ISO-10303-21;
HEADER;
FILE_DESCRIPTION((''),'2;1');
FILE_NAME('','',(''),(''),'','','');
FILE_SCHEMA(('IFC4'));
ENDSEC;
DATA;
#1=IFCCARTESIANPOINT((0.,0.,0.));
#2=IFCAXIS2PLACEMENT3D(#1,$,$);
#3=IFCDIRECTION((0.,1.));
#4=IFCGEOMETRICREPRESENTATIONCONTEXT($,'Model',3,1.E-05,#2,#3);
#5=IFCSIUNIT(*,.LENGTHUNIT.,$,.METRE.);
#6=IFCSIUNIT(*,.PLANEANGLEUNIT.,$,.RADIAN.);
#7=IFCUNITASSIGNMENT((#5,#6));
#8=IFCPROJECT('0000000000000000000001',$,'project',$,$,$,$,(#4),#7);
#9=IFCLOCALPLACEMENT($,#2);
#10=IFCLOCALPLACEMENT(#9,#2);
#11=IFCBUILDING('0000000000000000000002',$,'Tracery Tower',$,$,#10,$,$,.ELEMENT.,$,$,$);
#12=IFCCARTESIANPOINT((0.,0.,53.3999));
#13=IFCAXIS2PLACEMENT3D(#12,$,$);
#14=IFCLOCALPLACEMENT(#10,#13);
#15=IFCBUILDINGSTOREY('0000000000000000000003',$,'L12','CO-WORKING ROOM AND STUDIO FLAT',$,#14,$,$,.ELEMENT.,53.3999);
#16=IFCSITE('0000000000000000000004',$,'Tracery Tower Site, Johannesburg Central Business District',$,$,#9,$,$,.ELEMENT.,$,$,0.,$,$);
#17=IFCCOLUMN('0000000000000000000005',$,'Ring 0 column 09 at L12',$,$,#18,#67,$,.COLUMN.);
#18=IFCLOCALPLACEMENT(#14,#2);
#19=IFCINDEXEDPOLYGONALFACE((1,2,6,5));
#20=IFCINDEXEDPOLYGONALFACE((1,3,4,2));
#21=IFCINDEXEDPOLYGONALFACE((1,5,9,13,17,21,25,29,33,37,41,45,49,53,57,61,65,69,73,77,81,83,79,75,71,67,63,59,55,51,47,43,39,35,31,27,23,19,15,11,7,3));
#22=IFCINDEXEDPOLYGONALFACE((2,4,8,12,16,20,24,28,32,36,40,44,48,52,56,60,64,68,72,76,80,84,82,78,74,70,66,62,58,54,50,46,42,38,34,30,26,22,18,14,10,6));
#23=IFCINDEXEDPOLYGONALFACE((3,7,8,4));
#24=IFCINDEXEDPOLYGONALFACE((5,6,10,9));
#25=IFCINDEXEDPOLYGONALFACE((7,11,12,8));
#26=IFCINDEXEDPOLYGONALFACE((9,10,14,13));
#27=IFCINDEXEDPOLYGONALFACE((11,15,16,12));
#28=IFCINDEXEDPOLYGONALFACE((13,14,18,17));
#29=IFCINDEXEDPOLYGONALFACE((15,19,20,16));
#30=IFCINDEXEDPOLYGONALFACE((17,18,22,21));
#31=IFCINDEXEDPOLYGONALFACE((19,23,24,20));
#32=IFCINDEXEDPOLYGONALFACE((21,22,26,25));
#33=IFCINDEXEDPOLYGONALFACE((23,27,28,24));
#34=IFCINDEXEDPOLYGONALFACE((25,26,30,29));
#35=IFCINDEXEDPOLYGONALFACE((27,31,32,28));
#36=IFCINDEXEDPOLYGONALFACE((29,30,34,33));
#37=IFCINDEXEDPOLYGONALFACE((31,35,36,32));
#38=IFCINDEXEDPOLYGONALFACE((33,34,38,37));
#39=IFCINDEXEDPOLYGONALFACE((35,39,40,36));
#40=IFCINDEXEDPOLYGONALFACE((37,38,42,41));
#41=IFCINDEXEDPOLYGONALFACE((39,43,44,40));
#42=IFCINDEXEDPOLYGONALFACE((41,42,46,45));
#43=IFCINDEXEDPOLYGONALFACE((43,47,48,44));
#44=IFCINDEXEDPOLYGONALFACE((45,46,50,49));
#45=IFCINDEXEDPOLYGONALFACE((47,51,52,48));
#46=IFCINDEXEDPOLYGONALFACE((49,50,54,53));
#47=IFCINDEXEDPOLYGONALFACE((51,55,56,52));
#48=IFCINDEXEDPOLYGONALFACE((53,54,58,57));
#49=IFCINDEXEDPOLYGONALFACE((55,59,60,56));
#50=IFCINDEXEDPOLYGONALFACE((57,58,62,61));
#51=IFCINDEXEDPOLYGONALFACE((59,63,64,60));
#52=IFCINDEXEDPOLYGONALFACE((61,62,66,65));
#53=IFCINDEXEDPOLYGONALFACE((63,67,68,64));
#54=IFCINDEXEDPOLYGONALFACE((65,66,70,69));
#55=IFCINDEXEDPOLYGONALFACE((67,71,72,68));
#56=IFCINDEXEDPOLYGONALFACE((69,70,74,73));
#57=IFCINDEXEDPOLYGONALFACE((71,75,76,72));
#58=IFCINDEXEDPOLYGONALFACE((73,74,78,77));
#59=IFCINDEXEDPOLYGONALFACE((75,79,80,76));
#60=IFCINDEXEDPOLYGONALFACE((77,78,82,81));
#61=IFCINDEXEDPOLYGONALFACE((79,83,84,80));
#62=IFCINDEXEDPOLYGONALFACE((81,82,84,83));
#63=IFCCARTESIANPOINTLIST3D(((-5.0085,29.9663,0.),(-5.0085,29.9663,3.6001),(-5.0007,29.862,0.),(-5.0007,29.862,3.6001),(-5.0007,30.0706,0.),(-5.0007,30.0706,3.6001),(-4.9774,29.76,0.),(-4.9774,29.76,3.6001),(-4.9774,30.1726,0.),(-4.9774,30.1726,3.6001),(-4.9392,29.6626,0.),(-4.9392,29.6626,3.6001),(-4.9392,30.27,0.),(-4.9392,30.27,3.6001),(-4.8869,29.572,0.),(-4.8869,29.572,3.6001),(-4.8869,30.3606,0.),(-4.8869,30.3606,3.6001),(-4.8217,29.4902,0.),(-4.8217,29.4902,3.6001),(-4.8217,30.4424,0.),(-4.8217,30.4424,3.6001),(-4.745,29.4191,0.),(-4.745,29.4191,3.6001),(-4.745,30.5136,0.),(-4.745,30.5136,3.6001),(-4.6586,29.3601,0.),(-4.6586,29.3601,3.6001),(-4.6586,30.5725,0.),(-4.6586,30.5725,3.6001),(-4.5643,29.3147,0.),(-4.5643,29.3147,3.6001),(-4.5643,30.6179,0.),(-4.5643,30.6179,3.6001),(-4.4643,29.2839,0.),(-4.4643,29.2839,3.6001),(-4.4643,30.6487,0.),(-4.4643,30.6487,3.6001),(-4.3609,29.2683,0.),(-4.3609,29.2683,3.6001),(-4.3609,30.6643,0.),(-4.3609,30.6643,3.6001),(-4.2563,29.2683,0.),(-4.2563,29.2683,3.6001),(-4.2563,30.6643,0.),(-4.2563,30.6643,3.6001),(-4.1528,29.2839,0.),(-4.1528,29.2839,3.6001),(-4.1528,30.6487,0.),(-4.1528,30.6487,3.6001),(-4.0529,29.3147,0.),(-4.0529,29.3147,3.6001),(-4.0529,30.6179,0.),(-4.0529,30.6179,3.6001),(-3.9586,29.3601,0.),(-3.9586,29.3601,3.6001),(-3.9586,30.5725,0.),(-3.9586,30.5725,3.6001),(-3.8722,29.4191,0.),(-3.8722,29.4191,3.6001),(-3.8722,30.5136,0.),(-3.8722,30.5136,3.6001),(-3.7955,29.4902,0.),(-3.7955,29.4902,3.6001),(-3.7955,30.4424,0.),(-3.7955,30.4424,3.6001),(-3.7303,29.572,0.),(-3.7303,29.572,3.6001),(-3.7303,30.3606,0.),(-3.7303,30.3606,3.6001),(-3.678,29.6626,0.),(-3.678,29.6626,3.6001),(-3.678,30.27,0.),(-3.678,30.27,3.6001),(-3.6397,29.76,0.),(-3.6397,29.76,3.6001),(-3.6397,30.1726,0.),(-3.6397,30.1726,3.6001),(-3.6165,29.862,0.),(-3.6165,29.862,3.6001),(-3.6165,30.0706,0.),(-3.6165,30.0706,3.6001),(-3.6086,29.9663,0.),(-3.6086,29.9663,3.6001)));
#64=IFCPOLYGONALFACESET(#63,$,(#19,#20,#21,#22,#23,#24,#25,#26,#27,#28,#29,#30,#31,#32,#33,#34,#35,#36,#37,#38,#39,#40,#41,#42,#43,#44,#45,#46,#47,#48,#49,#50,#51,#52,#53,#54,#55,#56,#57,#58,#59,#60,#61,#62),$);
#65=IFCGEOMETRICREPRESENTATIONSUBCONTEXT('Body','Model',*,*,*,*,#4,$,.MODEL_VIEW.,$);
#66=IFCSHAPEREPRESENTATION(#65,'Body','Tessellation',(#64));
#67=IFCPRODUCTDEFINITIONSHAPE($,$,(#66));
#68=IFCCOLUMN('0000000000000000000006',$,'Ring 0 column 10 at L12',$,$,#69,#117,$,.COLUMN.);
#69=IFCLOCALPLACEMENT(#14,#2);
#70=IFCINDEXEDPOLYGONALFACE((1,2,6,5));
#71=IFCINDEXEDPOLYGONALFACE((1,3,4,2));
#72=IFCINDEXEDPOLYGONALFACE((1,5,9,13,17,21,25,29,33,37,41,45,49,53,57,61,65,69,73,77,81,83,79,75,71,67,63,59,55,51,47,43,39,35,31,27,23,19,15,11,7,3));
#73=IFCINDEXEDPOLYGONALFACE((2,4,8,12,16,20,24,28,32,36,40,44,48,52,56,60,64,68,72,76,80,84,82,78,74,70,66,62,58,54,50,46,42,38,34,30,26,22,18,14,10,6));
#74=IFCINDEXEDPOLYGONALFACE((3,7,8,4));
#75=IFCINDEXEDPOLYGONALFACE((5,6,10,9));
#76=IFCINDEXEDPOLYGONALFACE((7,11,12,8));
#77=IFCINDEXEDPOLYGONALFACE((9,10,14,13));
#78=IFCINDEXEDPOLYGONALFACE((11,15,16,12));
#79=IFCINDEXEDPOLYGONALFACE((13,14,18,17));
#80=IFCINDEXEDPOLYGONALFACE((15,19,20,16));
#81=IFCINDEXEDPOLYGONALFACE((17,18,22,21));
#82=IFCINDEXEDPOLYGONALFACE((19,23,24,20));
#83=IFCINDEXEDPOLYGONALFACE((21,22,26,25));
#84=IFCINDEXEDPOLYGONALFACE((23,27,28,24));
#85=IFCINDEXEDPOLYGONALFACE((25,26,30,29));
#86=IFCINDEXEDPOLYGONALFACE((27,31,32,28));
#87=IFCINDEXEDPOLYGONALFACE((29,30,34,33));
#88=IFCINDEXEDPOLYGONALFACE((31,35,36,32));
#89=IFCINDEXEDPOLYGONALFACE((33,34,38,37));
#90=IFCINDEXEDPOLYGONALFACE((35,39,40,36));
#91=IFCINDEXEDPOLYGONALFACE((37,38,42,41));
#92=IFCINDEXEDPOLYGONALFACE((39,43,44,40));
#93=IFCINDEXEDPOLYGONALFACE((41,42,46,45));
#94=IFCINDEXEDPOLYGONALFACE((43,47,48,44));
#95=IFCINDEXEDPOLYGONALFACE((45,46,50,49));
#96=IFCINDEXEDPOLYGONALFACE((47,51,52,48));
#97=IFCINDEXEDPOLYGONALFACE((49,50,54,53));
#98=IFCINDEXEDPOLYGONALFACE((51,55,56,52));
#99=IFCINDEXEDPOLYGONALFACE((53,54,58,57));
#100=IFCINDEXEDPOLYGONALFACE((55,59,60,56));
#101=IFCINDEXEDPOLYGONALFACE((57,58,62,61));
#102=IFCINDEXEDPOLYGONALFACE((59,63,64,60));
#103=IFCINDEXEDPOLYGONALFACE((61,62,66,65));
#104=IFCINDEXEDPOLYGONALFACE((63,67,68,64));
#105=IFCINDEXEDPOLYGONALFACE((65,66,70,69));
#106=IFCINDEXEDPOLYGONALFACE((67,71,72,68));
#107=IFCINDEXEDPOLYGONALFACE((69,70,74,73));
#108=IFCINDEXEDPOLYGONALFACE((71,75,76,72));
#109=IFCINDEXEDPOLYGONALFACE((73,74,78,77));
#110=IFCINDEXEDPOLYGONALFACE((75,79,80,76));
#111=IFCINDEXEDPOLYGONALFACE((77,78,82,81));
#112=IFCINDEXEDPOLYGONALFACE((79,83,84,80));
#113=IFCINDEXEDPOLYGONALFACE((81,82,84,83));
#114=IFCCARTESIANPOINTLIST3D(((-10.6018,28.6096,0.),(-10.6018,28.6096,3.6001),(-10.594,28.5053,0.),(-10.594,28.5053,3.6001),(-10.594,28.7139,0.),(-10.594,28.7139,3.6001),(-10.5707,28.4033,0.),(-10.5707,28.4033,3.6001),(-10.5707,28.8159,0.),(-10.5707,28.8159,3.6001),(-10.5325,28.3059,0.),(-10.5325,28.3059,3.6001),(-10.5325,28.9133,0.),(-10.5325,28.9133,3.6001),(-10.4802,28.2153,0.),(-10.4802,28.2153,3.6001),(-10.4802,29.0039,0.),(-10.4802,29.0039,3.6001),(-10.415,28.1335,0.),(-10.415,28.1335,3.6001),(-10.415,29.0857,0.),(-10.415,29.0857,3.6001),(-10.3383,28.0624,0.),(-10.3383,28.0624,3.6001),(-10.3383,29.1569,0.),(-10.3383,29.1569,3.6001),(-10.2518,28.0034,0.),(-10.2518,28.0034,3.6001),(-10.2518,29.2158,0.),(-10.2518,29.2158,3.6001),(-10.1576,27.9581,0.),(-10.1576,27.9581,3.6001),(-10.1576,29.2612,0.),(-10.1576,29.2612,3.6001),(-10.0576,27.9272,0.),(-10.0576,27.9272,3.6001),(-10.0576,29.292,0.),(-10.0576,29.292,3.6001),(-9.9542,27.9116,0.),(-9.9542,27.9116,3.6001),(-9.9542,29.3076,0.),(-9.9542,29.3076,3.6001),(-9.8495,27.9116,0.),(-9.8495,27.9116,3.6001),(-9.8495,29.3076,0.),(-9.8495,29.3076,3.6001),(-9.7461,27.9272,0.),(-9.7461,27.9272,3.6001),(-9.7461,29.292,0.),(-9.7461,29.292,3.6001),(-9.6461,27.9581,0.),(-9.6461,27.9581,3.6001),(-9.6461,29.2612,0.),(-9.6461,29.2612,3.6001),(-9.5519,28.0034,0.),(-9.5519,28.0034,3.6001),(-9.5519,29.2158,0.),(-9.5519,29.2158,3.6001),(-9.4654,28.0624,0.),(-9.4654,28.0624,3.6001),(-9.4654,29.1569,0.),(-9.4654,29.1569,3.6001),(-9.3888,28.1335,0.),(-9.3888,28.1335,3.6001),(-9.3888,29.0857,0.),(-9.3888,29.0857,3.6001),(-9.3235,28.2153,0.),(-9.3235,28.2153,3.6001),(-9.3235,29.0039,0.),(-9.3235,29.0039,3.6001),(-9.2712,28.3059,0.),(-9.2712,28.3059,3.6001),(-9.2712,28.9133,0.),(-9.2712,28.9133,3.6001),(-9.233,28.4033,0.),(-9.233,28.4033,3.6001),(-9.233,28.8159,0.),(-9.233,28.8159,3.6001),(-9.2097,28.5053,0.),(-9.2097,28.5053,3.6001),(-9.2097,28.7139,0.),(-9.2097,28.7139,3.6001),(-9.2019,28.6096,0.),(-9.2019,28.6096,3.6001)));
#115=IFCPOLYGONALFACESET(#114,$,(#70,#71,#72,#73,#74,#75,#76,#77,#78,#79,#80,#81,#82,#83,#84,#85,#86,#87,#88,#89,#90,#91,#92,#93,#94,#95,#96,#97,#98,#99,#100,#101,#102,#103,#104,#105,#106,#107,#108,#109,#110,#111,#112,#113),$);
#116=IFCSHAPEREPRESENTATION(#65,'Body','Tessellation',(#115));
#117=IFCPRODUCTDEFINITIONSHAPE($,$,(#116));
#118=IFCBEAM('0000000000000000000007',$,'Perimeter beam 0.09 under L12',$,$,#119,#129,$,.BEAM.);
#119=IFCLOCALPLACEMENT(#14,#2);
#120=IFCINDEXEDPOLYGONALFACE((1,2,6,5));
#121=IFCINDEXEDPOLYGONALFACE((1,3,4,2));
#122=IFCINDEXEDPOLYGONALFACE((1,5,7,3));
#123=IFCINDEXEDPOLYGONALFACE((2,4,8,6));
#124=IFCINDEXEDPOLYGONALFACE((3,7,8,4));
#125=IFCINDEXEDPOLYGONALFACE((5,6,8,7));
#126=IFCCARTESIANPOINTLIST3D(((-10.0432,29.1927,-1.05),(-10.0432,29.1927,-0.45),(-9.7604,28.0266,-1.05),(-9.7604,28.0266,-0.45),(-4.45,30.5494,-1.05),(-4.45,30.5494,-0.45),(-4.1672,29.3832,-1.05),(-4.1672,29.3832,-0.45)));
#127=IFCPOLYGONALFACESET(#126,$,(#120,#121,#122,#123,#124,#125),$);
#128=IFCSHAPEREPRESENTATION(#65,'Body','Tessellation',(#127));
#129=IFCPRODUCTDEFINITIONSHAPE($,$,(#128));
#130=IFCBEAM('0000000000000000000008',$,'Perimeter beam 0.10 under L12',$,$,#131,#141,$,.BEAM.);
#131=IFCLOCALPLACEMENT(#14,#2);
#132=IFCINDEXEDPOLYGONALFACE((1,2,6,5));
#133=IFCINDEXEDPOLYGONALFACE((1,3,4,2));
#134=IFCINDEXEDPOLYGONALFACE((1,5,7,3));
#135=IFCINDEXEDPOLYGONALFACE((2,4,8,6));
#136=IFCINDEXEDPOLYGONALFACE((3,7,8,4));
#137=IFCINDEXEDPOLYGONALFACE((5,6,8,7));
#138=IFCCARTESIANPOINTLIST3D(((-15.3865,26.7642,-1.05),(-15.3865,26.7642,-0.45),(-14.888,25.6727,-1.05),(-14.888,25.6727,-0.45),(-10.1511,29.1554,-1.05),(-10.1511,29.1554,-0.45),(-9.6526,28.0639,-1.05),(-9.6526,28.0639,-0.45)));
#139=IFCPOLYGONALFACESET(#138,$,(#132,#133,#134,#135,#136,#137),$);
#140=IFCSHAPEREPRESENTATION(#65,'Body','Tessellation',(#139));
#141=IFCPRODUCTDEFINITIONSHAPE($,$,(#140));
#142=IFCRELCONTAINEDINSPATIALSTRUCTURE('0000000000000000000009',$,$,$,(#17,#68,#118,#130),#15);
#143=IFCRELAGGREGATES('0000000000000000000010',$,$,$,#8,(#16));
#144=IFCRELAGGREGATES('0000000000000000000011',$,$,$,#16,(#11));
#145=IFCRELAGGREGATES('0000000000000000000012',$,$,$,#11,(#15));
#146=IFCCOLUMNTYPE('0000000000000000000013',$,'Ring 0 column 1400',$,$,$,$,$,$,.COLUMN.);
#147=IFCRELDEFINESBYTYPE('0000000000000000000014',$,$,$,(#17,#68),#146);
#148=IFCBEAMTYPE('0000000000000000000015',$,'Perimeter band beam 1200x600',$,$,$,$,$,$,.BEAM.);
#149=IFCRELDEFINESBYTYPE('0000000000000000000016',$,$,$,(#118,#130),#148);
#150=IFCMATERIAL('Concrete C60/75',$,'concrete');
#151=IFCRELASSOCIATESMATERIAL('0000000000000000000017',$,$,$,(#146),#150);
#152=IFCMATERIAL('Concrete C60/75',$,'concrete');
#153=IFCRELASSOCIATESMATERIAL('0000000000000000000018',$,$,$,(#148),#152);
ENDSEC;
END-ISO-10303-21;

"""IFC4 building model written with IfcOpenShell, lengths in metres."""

from ifc_helpers import new_model, si_unit, direction, frame, origin, origin_2d, place, context, subcontext, project, spatial, rectangle, circle, extrude, material, material_profile, profile_set, type_object, element, save


model = new_model("IFC4")

# Units and contexts
model_context = context("Model", 3, precision=1e-05, world=origin(), true_north=direction((0.0, 1.0)))
body_context = subcontext(model_context, "Body", "Model", "MODEL_VIEW")
ifc_project = project(units=[si_unit("LENGTHUNIT", "METRE"), si_unit("PLANEANGLEUNIT", "RADIAN")], contexts=[model_context])

# Site, building, storey
site_placement = place(None, origin())
site = spatial("IfcSite", under=ifc_project, at=site_placement, Name="Tracery Tower Site, Johannesburg Central Business District", CompositionType="ELEMENT", RefElevation=0.0)
building_placement = place(site_placement, origin())
building = spatial("IfcBuilding", under=site, at=building_placement, Name="Tracery Tower", CompositionType="ELEMENT")
storey_placement = place(building_placement, frame((0.0, 0.0, 53.3999)))
storey = spatial("IfcBuildingStorey", under=building, at=storey_placement, Name="L12", Description="CO-WORKING ROOM AND STUDIO FLAT", CompositionType="ELEMENT", Elevation=53.3999)

# Columns
ifc_material_1 = material(Name="Concrete C60/75", Category="concrete")
ifc_material_profile_1 = material_profile(ifc_material_1, circle(Radius=0.7, at=origin_2d()), Name="RC D1400")
ifc_profile_set_1 = profile_set([ifc_material_profile_1], Name="Concrete C60/75")
column_type = type_object("IfcColumnType", Name="Ring 0 column 1400", PredefinedType="COLUMN", material=ifc_profile_set_1)
for number, where, z_axis, x_axis, name in (
    (1, (-4.3086, 29.9663, 0.0), (0.0, 0.0, 1.0), (1.0, 0.0, 0.0), "Ring 0 column 09 at L12"),
    (2, (-9.9019, 28.6096, 0.0), (0.0, 0.0, 1.0), (1.0, 0.0, 0.0), "Ring 0 column 10 at L12"),
):
    element("IfcColumn", number, at=place(storey_placement, frame(where, z_axis=z_axis, x_axis=x_axis)), inside=storey, type_object=column_type, Name=name, PredefinedType="COLUMN", context=body_context, shape_type="SweptSolid", body=[
        extrude(circle(Radius=0.7, at=origin_2d()), origin(), (0.0, 0.0, 1.0), 3.6001),
    ])

# Beams
ifc_material_2 = material(Name="Concrete C60/75", Category="concrete")
ifc_material_profile_2 = material_profile(ifc_material_2, rectangle(XDim=1.2, YDim=0.6001, at=origin_2d()), Name="RC 1200x600")
ifc_profile_set_2 = profile_set([ifc_material_profile_2], Name="Concrete C60/75")
beam_type = type_object("IfcBeamType", Name="Perimeter band beam 1200x600", PredefinedType="BEAM", material=ifc_profile_set_2)
beam_1_placement = place(storey_placement, frame((-4.3086, 29.9663, -0.75), z_axis=(-0.97182, -0.235723, 0.0), x_axis=(0.235723, -0.97182, 0.0)))
element("IfcBeam", 3, at=beam_1_placement, inside=storey, type_object=beam_type, Name="Perimeter beam 0.09 under L12", PredefinedType="BEAM", context=body_context, shape_type="SweptSolid", body=[
    extrude(rectangle(XDim=1.2, YDim=0.6001, at=origin_2d()), origin(), (0.0, 0.0, 1.0), 5.7554),
])
beam_2_placement = place(storey_placement, frame((-9.9019, 28.6096, -0.75), z_axis=(-0.909618, -0.415445, 0.0), x_axis=(0.415445, -0.909618, 0.0)))
element("IfcBeam", 4, at=beam_2_placement, inside=storey, type_object=beam_type, Name="Perimeter beam 0.10 under L12", PredefinedType="BEAM", context=body_context, shape_type="SweptSolid", body=[
    extrude(rectangle(XDim=1.2, YDim=0.6001, at=origin_2d()), origin(), (0.0, 0.0, 1.0), 5.7556),
])

save(model, "model.ifc")
